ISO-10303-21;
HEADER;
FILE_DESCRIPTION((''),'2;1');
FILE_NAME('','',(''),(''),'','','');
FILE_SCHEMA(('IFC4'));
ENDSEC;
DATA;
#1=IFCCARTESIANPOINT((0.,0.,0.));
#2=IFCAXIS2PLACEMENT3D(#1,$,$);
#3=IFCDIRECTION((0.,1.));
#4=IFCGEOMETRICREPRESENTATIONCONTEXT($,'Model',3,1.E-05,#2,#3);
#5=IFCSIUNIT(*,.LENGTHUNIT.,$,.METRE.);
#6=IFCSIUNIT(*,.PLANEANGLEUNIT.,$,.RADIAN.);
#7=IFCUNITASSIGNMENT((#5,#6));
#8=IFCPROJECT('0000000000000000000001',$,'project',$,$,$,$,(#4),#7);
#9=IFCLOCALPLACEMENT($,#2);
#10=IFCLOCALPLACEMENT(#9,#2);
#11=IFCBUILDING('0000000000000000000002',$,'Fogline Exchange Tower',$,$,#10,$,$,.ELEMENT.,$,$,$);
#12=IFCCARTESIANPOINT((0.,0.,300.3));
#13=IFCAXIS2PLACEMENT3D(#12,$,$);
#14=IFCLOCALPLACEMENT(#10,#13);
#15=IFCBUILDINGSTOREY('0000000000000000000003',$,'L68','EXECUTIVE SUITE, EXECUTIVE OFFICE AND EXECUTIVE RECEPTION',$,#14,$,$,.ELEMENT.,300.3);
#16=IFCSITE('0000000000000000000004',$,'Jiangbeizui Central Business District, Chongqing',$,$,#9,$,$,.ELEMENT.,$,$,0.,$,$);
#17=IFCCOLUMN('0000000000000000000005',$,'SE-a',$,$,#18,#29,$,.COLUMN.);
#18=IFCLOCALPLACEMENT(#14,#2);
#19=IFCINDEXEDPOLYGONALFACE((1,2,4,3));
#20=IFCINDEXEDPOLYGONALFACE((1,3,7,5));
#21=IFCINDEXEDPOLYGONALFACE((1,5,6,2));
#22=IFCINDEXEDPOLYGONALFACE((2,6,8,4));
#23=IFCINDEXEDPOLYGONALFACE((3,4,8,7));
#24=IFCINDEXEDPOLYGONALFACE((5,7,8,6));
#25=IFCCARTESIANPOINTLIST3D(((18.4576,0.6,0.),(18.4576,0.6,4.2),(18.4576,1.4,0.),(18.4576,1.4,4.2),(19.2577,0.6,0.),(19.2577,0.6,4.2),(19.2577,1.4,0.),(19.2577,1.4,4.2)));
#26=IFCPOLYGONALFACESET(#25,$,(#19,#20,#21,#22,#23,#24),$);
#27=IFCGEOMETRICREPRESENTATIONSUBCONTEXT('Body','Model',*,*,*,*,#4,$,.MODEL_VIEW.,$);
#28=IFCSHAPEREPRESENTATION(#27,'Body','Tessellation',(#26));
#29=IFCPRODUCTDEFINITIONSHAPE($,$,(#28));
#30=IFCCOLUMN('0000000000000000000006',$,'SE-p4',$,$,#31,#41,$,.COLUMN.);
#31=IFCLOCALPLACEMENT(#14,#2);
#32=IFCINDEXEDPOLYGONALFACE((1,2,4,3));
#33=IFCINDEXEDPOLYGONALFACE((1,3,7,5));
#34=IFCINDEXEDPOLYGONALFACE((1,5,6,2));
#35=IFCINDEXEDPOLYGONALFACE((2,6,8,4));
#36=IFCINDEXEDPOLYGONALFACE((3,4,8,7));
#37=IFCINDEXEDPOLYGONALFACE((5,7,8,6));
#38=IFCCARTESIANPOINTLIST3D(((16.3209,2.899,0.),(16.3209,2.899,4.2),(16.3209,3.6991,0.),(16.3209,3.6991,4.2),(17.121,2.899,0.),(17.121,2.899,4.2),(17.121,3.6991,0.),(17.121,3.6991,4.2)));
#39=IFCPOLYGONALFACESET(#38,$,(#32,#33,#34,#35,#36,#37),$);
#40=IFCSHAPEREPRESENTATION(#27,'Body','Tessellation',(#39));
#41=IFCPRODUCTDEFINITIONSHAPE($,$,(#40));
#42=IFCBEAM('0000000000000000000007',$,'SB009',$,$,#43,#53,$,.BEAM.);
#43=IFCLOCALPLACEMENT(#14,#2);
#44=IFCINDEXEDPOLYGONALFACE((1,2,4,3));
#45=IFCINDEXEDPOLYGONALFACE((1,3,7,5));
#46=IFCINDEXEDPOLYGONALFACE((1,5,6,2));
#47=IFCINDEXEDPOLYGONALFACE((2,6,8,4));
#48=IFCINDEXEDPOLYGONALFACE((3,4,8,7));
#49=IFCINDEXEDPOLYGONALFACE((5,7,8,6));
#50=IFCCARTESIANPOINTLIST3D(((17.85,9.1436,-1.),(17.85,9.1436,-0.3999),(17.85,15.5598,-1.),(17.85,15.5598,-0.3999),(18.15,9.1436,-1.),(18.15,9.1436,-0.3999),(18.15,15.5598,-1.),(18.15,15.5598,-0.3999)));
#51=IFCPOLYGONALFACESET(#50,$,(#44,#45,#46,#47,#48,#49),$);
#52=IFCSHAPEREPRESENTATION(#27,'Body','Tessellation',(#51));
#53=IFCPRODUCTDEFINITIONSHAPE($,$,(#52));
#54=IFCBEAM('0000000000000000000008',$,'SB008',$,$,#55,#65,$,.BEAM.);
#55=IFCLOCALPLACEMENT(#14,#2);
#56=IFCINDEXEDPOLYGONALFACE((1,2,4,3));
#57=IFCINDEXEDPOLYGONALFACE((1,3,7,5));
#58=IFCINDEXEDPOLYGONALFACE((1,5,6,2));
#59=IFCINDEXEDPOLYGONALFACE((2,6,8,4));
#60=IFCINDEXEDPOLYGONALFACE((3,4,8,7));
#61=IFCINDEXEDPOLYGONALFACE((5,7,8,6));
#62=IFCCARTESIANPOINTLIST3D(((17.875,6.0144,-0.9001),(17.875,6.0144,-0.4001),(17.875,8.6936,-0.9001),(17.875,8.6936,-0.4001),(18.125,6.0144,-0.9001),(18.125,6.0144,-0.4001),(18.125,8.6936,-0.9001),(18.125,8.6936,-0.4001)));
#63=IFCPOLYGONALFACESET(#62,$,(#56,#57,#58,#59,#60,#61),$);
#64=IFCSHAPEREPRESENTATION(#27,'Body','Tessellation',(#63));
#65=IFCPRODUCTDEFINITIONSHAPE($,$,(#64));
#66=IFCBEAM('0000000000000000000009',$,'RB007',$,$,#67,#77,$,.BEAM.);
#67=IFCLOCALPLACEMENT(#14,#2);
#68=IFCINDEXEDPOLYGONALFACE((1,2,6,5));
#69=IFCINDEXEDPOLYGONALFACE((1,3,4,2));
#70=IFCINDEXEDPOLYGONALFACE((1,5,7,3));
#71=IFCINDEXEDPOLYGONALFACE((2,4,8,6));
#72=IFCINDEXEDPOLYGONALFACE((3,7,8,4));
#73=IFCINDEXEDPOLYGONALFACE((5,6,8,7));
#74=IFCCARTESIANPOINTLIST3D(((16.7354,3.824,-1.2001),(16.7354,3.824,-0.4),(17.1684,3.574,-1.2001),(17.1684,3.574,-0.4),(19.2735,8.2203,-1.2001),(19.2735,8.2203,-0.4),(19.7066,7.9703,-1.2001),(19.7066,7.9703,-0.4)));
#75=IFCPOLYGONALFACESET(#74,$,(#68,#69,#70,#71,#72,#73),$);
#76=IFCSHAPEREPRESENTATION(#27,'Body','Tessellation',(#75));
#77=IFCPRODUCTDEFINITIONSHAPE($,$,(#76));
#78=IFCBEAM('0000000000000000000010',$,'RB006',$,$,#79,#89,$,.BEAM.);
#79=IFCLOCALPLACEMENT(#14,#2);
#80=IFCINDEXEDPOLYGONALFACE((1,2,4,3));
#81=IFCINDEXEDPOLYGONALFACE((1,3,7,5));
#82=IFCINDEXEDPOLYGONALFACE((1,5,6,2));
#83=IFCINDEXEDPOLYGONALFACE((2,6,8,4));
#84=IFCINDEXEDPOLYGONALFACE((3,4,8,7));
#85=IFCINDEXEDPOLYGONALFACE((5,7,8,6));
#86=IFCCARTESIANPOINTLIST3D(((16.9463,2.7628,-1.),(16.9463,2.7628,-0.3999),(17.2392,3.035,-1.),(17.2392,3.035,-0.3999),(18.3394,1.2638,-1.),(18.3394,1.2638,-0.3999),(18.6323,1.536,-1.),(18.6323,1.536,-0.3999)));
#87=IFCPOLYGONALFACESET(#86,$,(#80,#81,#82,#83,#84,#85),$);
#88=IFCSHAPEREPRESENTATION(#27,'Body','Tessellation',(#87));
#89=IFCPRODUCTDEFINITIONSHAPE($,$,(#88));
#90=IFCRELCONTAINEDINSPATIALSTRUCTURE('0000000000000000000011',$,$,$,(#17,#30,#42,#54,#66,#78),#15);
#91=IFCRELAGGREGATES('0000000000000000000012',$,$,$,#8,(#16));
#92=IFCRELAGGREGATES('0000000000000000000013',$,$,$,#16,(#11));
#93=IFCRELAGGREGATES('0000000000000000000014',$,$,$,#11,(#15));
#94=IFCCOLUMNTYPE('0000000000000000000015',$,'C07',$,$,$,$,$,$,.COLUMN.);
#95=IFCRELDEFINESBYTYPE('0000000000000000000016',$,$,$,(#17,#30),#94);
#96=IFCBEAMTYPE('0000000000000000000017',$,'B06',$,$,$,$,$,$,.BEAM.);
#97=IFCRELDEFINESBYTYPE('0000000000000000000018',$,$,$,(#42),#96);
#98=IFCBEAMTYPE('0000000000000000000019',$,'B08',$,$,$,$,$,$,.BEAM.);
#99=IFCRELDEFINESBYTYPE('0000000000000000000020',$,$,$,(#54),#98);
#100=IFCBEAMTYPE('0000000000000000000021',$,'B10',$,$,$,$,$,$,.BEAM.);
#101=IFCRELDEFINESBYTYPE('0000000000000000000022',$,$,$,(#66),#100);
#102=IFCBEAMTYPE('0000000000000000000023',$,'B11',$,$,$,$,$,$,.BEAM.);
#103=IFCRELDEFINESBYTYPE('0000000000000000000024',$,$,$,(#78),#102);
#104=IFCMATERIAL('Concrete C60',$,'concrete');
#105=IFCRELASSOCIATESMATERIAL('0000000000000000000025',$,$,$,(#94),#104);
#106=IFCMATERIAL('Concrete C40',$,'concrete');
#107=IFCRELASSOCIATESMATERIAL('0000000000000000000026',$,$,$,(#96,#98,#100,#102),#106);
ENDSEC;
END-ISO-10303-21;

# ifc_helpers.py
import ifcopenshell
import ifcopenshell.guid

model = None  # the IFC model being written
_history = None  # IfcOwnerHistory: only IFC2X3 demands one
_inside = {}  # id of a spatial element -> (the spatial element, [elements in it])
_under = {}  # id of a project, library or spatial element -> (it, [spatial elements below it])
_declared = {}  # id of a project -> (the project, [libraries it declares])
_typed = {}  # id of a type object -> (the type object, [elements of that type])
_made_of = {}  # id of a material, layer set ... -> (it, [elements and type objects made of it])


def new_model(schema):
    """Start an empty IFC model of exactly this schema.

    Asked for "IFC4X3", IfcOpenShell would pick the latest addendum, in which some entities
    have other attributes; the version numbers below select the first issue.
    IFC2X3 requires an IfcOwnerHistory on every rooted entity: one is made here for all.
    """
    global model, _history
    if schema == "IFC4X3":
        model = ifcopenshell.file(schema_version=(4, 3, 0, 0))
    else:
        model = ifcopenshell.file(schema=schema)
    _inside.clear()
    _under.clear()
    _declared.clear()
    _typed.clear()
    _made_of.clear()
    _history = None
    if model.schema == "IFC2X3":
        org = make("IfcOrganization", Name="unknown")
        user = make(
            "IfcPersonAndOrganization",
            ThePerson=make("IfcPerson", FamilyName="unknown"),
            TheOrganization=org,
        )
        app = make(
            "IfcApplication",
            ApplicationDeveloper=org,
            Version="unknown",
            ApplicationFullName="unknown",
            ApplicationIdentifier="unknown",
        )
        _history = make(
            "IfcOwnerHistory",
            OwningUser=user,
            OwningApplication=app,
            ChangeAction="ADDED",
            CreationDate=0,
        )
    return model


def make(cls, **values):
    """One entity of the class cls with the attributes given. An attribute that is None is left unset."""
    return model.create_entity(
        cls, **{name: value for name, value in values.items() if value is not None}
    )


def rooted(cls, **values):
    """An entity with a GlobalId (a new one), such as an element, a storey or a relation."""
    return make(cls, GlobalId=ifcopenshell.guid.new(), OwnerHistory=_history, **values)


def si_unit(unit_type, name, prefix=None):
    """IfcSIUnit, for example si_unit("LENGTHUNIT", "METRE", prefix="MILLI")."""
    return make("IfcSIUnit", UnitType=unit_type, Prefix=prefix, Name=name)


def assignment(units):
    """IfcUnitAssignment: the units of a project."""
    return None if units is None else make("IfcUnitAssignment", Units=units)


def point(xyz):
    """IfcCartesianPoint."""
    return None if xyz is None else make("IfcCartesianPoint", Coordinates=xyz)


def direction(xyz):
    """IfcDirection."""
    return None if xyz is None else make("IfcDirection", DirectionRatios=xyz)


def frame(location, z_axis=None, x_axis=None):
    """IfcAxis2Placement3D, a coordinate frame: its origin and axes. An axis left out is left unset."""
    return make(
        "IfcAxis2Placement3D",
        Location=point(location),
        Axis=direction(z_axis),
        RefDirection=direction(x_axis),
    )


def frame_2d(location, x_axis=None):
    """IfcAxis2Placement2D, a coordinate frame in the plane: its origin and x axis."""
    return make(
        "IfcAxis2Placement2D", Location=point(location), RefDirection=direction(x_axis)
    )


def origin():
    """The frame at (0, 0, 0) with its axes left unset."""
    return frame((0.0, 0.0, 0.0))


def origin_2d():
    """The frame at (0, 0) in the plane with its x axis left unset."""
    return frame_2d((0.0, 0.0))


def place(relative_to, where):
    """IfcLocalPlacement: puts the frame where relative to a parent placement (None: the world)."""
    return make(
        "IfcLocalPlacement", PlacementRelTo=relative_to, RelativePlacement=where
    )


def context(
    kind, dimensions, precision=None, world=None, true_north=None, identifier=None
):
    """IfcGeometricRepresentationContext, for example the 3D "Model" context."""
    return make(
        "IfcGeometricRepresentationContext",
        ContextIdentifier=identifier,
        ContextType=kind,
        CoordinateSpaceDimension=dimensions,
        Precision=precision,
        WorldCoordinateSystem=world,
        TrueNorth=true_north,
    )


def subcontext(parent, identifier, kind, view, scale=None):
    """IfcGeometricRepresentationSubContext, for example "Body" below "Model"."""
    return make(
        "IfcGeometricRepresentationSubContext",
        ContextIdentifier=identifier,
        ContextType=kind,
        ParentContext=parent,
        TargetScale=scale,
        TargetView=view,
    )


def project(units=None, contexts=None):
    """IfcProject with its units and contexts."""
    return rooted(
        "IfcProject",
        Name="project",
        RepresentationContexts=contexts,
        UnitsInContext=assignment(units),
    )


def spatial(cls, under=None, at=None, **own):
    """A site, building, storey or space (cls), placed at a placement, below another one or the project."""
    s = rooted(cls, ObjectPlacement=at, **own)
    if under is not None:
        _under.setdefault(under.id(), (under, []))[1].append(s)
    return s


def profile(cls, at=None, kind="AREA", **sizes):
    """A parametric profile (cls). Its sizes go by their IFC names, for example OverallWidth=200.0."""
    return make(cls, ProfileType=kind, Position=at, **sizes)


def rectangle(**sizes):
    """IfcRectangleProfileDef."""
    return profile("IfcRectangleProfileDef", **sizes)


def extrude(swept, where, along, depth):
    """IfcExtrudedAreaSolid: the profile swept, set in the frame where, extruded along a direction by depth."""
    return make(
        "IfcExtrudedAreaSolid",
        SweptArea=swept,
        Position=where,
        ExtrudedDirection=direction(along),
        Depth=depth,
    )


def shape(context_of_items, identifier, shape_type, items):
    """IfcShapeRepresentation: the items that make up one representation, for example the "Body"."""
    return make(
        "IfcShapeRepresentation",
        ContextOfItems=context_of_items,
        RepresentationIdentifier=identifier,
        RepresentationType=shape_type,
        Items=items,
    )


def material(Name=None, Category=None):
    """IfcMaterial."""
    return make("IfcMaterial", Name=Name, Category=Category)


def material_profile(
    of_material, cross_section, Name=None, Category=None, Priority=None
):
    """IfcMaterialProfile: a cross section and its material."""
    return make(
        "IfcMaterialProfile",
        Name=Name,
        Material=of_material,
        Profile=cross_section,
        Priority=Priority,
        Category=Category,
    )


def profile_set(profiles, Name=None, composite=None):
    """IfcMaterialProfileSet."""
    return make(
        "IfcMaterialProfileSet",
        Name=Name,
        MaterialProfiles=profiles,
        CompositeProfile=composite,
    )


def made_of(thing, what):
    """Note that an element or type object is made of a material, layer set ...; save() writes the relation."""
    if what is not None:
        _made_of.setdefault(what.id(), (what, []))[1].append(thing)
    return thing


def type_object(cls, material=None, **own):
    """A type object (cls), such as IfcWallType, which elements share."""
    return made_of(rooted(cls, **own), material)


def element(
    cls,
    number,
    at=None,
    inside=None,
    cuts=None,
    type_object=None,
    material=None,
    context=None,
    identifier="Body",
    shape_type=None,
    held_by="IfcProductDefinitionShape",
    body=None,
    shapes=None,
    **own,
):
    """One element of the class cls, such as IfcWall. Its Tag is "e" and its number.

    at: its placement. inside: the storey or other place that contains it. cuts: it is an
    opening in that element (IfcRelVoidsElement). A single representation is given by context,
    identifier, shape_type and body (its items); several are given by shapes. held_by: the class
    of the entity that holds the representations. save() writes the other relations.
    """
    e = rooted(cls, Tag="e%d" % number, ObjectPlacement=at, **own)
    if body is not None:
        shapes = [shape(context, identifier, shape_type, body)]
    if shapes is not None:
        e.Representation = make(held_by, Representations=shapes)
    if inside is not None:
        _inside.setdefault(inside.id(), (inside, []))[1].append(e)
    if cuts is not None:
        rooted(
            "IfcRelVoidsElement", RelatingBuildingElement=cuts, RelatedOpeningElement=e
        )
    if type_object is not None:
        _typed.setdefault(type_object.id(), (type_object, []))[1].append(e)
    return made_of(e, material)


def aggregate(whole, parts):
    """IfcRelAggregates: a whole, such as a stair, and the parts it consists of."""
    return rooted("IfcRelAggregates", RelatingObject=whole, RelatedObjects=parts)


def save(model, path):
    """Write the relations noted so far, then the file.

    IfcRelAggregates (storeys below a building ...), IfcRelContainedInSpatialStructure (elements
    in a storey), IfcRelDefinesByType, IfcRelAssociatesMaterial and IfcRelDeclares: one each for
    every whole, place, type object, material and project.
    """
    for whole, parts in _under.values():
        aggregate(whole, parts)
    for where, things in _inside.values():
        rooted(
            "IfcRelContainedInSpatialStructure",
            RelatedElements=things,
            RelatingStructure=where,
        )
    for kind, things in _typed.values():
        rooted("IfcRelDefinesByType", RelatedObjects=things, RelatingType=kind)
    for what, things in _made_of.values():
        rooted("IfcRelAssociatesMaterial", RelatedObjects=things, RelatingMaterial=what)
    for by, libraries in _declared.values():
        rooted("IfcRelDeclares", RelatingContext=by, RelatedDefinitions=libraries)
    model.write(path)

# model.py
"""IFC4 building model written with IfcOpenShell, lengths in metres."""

from ifc_helpers import new_model, si_unit, direction, frame, origin, origin_2d, place, context, subcontext, project, spatial, rectangle, extrude, material, material_profile, profile_set, type_object, element, save


model = new_model("IFC4")

# Units and contexts
model_context = context("Model", 3, precision=1e-05, world=origin(), true_north=direction((0.0, 1.0)))
body_context = subcontext(model_context, "Body", "Model", "MODEL_VIEW")
ifc_project = project(units=[si_unit("LENGTHUNIT", "METRE"), si_unit("PLANEANGLEUNIT", "RADIAN")], contexts=[model_context])

# Site, building, storey
site_placement = place(None, origin())
site = spatial("IfcSite", under=ifc_project, at=site_placement, Name="Jiangbeizui Central Business District, Chongqing", CompositionType="ELEMENT", RefElevation=0.0)
building_placement = place(site_placement, origin())
building = spatial("IfcBuilding", under=site, at=building_placement, Name="Fogline Exchange Tower", CompositionType="ELEMENT")
storey_placement = place(building_placement, frame((0.0, 0.0, 300.3)))
storey = spatial("IfcBuildingStorey", under=building, at=storey_placement, Name="L68", Description="EXECUTIVE SUITE, EXECUTIVE OFFICE AND EXECUTIVE RECEPTION", CompositionType="ELEMENT", Elevation=300.3)

# Columns
ifc_material_1 = material(Name="Concrete C60", Category="concrete")
ifc_material_profile_1 = material_profile(ifc_material_1, rectangle(XDim=0.8, YDim=0.8, at=origin_2d()), Name="RC 800x800")
ifc_profile_set_1 = profile_set([ifc_material_profile_1], Name="Concrete C60")
column_type = type_object("IfcColumnType", Name="C07", PredefinedType="COLUMN", material=ifc_profile_set_1)
for number, where, z_axis, x_axis, name in (
    (1, (18.8577, 1.0, 0.0), (0.0, 0.0, 1.0), (1.0, 0.0, 0.0), "SE-a"),
    (2, (16.7209, 3.2991, 0.0), (0.0, 0.0, 1.0), (1.0, 0.0, 0.0), "SE-p4"),
):
    element("IfcColumn", number, at=place(storey_placement, frame(where, z_axis=z_axis, x_axis=x_axis)), inside=storey, type_object=column_type, Name=name, PredefinedType="COLUMN", context=body_context, shape_type="SweptSolid", body=[
        extrude(rectangle(XDim=0.8, YDim=0.8, at=origin_2d()), origin(), (0.0, 0.0, 1.0), 4.2),
    ])

# Beams
ifc_material_2 = material(Name="Concrete C40", Category="concrete")
ifc_material_profile_2 = material_profile(ifc_material_2, rectangle(XDim=0.3, YDim=0.6001, at=origin_2d()), Name="RC 300x600")
ifc_profile_set_2 = profile_set([ifc_material_profile_2], Name="Concrete C40")
beam_type_1 = type_object("IfcBeamType", Name="B06", PredefinedType="BEAM", material=ifc_profile_set_2)
beam_1_placement = place(storey_placement, frame((18.0, 9.1436, -0.7), z_axis=(0.0, 1.0, 0.0), x_axis=(-1.0, 0.0, 0.0)))
element("IfcBeam", 3, at=beam_1_placement, inside=storey, type_object=beam_type_1, Name="SB009", PredefinedType="BEAM", context=body_context, shape_type="SweptSolid", body=[
    extrude(rectangle(XDim=0.3, YDim=0.6001, at=origin_2d()), origin(), (0.0, 0.0, 1.0), 6.4163),
])
ifc_material_profile_3 = material_profile(ifc_material_2, rectangle(XDim=0.25, YDim=0.5, at=origin_2d()), Name="RC 250x500")
ifc_profile_set_3 = profile_set([ifc_material_profile_3], Name="Concrete C40")
beam_type_2 = type_object("IfcBeamType", Name="B08", PredefinedType="BEAM", material=ifc_profile_set_3)
beam_2_placement = place(storey_placement, frame((18.0, 6.0144, -0.6501), z_axis=(0.0, 1.0, 0.0), x_axis=(-1.0, 0.0, 0.0)))
element("IfcBeam", 4, at=beam_2_placement, inside=storey, type_object=beam_type_2, Name="SB008", PredefinedType="BEAM", context=body_context, shape_type="SweptSolid", body=[
    extrude(rectangle(XDim=0.25, YDim=0.5, at=origin_2d()), origin(), (0.0, 0.0, 1.0), 2.6792),
])
ifc_material_profile_4 = material_profile(ifc_material_2, rectangle(XDim=0.5, YDim=0.8, at=origin_2d()), Name="RC 500x800")
ifc_profile_set_4 = profile_set([ifc_material_profile_4], Name="Concrete C40")
beam_type_3 = type_object("IfcBeamType", Name="B10", PredefinedType="BEAM", material=ifc_profile_set_4)
beam_3_placement = place(storey_placement, frame((16.9519, 3.699, -0.8), z_axis=(0.499988, 0.866033, 0.0), x_axis=(-0.866033, 0.499988, 0.0)))
element("IfcBeam", 5, at=beam_3_placement, inside=storey, type_object=beam_type_3, Name="RB007", PredefinedType="BEAM", context=body_context, shape_type="SweptSolid", body=[
    extrude(rectangle(XDim=0.5, YDim=0.8, at=origin_2d()), origin(), (0.0, 0.0, 1.0), 5.0764),
])
ifc_material_profile_5 = material_profile(ifc_material_2, rectangle(XDim=0.3999, YDim=0.6001, at=origin_2d()), Name="RC 400x600")
ifc_profile_set_5 = profile_set([ifc_material_profile_5], Name="Concrete C40")
beam_type_4 = type_object("IfcBeamType", Name="B11", PredefinedType="BEAM", material=ifc_profile_set_5)
beam_4_placement = place(storey_placement, frame((18.4858, 1.3999, -0.7), z_axis=(-0.680744, 0.732521, 0.0), x_axis=(-0.732521, -0.680744, 0.0)))
element("IfcBeam", 6, at=beam_4_placement, inside=storey, type_object=beam_type_4, Name="RB006", PredefinedType="BEAM", context=body_context, shape_type="SweptSolid", body=[
    extrude(rectangle(XDim=0.3999, YDim=0.6001, at=origin_2d()), origin(), (0.0, 0.0, 1.0), 2.0464),
])

save(model, "model.ifc")
